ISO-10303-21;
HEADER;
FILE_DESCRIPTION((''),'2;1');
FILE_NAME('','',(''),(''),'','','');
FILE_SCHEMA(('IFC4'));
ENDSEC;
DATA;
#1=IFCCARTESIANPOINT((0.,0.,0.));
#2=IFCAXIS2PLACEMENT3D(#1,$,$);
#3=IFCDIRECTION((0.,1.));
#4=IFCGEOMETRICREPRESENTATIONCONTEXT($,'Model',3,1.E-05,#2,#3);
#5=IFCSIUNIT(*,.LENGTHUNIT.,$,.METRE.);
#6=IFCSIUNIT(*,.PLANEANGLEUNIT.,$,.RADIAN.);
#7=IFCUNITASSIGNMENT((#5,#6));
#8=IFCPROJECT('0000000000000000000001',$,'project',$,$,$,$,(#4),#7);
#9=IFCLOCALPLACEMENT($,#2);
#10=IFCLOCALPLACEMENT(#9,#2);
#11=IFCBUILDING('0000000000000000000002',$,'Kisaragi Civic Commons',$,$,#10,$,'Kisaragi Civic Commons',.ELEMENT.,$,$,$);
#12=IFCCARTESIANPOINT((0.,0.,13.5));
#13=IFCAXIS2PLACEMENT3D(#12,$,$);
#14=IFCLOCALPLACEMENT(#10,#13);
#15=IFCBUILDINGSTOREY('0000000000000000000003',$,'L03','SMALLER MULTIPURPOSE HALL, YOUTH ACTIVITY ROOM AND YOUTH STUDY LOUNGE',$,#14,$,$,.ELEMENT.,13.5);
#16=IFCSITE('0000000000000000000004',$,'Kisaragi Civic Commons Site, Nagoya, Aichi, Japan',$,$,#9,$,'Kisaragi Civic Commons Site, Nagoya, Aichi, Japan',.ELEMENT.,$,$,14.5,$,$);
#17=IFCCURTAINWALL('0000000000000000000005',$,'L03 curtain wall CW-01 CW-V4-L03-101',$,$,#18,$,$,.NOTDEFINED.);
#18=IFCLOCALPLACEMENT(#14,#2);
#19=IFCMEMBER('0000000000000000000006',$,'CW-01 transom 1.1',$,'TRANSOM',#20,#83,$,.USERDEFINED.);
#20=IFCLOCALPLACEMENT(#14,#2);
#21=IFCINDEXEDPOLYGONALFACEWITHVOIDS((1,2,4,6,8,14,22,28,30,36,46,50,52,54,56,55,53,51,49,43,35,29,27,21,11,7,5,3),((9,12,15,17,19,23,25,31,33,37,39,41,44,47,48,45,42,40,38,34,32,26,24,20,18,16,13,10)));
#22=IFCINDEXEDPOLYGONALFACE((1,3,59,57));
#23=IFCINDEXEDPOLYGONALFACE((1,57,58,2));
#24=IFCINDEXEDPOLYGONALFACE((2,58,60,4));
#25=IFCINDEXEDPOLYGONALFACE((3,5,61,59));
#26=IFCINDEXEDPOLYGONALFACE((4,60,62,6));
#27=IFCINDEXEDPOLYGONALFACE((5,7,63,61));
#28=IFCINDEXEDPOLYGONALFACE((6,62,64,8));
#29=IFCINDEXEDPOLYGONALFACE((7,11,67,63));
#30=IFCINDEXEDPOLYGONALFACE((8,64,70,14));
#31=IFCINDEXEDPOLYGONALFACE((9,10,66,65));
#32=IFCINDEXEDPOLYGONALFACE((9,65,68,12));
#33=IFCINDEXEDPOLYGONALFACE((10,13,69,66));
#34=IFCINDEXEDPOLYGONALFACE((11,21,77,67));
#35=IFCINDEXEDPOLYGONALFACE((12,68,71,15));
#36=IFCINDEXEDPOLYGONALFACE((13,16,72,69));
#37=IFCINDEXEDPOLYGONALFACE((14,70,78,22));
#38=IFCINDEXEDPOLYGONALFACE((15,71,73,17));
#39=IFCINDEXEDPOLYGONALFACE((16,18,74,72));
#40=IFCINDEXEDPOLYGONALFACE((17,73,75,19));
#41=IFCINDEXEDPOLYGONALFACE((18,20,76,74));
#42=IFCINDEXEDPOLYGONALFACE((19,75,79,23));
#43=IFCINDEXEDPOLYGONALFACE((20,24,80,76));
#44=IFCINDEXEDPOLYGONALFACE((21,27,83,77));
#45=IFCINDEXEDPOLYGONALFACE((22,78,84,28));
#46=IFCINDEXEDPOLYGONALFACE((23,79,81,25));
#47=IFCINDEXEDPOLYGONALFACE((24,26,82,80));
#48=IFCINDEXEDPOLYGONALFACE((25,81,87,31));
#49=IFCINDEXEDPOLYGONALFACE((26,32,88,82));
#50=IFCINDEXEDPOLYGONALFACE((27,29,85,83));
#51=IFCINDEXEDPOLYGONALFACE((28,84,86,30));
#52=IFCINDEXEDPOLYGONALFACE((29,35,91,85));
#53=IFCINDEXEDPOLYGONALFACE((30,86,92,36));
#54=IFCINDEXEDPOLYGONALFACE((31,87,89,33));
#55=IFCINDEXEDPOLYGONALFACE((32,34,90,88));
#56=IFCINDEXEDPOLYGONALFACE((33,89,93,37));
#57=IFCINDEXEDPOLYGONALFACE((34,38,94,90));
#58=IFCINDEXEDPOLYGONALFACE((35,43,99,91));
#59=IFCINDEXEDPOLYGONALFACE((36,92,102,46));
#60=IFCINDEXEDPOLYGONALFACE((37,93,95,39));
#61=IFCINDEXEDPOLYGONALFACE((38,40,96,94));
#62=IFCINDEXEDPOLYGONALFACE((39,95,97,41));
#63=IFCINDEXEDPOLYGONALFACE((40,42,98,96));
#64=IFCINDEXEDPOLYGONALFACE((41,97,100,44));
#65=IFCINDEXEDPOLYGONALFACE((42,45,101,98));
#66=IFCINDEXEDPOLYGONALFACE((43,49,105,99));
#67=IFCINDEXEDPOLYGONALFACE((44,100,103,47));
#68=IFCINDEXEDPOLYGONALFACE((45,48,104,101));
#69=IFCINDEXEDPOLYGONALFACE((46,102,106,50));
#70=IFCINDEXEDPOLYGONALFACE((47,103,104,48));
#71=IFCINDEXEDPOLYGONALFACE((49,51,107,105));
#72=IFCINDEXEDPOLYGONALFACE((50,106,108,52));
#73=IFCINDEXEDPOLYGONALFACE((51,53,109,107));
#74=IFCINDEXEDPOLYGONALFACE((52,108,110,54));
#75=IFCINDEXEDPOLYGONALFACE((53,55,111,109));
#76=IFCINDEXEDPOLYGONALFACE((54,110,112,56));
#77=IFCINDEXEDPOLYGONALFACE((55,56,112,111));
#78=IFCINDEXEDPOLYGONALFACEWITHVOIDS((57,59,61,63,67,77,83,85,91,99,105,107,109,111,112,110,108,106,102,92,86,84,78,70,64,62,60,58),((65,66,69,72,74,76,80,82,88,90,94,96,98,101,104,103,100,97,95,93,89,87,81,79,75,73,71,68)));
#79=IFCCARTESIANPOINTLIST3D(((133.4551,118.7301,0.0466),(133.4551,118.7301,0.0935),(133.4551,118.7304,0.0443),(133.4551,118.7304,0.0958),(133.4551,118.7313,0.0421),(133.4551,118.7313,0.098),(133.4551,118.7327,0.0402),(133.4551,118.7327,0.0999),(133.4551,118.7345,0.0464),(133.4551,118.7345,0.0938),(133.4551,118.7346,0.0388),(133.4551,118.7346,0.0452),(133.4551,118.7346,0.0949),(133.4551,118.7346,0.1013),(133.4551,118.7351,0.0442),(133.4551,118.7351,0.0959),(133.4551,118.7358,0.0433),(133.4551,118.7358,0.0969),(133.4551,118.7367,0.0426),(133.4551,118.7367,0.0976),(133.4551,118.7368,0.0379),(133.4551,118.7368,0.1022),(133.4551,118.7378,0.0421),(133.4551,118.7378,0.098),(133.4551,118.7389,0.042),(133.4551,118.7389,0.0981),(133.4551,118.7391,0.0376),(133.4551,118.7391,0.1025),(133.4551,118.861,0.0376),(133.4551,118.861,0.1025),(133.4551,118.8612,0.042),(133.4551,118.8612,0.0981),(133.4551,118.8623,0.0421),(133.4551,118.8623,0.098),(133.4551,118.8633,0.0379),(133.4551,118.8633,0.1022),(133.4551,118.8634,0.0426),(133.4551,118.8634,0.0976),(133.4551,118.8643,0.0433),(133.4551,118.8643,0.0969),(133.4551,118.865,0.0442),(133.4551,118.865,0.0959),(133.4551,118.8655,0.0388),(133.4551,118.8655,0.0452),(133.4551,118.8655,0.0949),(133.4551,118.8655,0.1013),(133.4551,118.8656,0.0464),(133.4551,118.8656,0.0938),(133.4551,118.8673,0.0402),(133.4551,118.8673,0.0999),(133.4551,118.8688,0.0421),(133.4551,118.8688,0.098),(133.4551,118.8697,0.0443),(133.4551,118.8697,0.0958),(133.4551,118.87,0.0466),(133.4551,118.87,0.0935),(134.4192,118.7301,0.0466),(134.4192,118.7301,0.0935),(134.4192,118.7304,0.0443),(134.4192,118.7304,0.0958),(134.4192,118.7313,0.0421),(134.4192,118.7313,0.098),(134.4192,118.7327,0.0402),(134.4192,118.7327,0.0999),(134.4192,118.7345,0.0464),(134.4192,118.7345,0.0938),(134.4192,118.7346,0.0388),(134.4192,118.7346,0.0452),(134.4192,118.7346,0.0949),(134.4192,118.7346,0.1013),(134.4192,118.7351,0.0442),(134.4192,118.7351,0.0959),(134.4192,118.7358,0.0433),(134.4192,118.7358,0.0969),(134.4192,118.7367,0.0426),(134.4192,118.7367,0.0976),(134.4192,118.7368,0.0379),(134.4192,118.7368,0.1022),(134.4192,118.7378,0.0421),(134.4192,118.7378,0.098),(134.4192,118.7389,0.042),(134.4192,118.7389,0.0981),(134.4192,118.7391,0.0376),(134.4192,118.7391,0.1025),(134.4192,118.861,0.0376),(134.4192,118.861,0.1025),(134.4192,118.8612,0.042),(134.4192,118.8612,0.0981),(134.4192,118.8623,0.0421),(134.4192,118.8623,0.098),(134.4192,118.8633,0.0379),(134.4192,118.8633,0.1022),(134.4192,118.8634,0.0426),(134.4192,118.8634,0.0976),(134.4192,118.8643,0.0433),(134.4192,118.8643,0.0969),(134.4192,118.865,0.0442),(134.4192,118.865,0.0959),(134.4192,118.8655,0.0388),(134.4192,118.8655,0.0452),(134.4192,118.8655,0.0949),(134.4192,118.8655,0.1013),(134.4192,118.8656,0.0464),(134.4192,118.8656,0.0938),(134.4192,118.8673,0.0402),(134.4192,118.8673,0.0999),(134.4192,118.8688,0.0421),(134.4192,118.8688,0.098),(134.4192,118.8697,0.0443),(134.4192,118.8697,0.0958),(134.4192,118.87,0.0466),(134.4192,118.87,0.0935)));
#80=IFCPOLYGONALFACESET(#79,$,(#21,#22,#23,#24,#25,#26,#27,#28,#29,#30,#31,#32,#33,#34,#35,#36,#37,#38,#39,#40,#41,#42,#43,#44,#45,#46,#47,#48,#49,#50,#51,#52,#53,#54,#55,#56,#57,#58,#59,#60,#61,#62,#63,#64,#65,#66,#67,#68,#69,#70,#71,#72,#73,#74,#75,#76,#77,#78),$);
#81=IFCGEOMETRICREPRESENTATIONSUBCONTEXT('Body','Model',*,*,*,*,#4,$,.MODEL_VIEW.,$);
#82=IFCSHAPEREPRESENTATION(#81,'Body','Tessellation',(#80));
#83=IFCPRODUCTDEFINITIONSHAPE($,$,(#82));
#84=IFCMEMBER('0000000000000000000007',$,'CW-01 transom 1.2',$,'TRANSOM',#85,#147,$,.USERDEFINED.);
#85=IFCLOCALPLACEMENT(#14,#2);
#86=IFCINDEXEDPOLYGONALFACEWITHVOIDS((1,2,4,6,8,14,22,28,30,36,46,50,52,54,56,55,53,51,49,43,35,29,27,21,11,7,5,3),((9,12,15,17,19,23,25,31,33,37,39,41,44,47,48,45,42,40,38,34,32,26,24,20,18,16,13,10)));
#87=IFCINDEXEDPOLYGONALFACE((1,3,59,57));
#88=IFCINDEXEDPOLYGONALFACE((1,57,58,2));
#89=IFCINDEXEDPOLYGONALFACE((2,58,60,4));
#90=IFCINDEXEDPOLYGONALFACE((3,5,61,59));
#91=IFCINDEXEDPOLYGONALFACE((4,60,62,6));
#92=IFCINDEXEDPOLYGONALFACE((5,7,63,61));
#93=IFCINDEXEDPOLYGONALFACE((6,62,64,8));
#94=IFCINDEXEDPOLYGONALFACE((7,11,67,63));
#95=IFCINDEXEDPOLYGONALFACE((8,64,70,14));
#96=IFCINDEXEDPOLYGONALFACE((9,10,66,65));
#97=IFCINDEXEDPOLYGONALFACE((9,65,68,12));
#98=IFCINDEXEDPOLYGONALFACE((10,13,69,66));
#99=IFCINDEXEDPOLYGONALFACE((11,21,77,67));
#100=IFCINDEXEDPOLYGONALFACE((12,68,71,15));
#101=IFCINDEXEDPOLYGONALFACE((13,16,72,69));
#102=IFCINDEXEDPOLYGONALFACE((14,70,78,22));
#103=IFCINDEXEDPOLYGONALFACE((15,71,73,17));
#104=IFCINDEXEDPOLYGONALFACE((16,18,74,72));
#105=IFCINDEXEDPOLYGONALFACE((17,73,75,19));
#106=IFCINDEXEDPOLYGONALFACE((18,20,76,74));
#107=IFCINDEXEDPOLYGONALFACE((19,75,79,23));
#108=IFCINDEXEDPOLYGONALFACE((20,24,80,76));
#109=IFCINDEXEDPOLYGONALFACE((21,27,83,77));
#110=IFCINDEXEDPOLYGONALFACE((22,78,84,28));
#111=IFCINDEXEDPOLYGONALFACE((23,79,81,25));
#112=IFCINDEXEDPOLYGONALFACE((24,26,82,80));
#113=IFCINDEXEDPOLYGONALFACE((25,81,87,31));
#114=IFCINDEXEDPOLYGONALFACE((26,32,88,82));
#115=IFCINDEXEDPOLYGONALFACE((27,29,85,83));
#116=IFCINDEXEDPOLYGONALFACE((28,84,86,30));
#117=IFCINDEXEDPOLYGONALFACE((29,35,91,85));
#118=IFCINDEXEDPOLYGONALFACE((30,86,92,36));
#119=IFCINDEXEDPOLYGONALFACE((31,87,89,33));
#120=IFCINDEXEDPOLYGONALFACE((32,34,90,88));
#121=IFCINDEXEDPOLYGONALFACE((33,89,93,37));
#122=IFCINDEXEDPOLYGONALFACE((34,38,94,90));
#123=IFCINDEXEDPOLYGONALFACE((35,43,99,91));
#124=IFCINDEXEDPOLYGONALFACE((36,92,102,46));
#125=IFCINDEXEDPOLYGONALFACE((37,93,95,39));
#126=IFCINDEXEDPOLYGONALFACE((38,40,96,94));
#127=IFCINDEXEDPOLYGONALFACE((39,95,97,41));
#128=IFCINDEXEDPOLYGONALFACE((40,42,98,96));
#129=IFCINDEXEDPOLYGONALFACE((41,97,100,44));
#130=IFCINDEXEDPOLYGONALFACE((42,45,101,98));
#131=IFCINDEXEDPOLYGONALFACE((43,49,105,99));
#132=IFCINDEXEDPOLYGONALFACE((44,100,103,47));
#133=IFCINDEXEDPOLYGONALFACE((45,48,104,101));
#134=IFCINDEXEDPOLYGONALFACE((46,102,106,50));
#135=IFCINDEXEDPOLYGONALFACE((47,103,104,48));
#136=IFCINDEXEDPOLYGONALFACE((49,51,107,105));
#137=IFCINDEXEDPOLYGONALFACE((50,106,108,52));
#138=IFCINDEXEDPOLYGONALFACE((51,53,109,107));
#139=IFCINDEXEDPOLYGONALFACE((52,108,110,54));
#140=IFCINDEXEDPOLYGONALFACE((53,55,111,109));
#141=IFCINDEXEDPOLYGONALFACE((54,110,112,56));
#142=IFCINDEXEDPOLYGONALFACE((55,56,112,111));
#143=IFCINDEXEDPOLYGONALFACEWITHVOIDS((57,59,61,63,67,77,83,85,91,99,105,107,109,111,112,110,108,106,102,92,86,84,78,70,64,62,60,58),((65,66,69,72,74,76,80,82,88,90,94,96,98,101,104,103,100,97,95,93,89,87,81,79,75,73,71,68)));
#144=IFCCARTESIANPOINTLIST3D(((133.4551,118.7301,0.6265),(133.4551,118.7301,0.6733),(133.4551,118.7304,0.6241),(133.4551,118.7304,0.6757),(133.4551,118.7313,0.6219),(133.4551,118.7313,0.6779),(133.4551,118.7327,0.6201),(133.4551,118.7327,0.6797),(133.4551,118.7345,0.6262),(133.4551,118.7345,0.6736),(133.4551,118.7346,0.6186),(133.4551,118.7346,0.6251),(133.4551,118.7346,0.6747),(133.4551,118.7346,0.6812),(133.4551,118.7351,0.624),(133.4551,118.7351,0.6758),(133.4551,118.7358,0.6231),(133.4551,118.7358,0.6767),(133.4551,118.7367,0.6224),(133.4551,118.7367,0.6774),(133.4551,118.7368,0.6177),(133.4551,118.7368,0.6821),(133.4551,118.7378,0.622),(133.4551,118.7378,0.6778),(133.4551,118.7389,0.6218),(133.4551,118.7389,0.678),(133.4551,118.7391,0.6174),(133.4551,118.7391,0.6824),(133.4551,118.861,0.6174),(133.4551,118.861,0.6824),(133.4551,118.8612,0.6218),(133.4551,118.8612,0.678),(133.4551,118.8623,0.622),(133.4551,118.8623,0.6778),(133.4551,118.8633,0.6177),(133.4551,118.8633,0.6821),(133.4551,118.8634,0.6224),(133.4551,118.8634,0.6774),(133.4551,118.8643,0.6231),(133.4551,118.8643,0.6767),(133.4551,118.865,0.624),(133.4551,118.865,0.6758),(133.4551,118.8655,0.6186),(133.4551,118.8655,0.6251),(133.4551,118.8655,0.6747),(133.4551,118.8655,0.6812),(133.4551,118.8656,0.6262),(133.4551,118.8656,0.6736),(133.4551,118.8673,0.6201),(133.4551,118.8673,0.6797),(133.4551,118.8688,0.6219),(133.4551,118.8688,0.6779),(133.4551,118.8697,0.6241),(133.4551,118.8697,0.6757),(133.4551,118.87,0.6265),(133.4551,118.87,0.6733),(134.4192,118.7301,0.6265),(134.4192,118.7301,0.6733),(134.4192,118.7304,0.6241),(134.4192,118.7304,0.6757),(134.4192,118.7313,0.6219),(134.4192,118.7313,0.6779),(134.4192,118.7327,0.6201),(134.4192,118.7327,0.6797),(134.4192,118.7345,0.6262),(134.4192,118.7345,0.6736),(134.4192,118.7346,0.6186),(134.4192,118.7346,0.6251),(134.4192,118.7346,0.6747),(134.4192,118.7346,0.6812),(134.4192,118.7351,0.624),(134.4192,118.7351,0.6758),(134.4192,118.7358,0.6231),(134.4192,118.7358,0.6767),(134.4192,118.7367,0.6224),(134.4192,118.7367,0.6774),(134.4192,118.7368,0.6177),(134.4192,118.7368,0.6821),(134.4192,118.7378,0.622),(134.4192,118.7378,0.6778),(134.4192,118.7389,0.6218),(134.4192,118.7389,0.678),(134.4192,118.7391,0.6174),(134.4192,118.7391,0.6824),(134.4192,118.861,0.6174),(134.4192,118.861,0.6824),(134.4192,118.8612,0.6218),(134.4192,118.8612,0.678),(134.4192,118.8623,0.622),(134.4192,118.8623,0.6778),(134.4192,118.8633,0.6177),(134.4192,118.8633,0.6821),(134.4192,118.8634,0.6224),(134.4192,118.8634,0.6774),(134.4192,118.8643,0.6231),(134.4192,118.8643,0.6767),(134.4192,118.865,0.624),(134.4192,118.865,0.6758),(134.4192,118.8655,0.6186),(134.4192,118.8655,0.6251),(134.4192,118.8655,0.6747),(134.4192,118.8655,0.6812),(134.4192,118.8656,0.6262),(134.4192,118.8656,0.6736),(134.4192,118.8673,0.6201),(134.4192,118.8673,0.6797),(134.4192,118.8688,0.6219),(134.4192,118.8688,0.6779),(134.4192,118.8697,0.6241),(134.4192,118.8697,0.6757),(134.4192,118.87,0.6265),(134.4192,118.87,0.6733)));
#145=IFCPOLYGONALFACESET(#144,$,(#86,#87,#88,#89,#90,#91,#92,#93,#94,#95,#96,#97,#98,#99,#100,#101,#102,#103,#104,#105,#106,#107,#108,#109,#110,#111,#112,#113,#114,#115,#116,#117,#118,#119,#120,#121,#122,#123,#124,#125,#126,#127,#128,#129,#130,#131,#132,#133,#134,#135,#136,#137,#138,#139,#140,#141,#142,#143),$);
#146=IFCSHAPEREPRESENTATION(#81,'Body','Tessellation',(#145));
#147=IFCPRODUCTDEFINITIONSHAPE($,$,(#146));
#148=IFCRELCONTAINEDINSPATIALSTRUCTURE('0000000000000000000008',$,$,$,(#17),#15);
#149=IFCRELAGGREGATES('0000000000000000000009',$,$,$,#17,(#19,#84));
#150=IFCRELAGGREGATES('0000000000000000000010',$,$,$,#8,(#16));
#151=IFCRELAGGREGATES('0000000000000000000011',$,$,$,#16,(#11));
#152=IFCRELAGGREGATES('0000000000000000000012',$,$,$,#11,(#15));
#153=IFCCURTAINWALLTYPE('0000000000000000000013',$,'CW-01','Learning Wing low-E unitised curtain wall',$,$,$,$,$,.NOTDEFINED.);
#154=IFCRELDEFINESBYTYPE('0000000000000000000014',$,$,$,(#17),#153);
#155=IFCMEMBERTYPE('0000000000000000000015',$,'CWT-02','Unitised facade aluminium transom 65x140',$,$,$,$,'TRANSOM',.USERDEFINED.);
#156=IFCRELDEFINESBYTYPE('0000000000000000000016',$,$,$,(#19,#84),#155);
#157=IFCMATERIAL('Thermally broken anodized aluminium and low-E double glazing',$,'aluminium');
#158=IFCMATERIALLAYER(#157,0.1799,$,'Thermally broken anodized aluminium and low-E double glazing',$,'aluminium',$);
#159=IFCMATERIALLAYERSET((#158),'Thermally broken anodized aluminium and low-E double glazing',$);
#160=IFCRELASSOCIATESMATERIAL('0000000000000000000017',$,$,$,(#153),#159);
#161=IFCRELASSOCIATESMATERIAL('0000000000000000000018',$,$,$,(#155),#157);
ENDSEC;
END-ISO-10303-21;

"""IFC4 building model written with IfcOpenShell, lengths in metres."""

from ifc_helpers import new_model, si_unit, direction, frame, origin, origin_2d, place, context, subcontext, project, spatial, hollow_rectangle, extrude, material, layer, layer_set, material_profile, profile_set, type_object, element, aggregate, save


model = new_model("IFC4")

# Units and contexts
model_context = context("Model", 3, precision=1e-05, world=origin(), true_north=direction((0.0, 1.0)))
body_context = subcontext(model_context, "Body", "Model", "MODEL_VIEW")
ifc_project = project(units=[si_unit("LENGTHUNIT", "METRE"), si_unit("PLANEANGLEUNIT", "RADIAN")], contexts=[model_context])

# Site, building, storey
site_placement = place(None, origin())
site = spatial("IfcSite", under=ifc_project, at=site_placement, Name="Kisaragi Civic Commons Site, Nagoya, Aichi, Japan", LongName="Kisaragi Civic Commons Site, Nagoya, Aichi, Japan", CompositionType="ELEMENT", RefElevation=14.5)
building_placement = place(site_placement, origin())
building = spatial("IfcBuilding", under=site, at=building_placement, Name="Kisaragi Civic Commons", LongName="Kisaragi Civic Commons", CompositionType="ELEMENT")
storey_placement = place(building_placement, frame((0.0, 0.0, 13.5)))
storey = spatial("IfcBuildingStorey", under=building, at=storey_placement, Name="L03", Description="SMALLER MULTIPURPOSE HALL, YOUTH ACTIVITY ROOM AND YOUTH STUDY LOUNGE", CompositionType="ELEMENT", Elevation=13.5)

# Curtain wall, members
ifc_material = material(Name="Thermally broken anodized aluminium and low-E double glazing", Category="aluminium")
ifc_layer_1 = layer(ifc_material, 0.1799, Name="Thermally broken anodized aluminium and low-E double glazing", Category="aluminium")
ifc_layer_set_1 = layer_set([ifc_layer_1], Name="Thermally broken anodized aluminium and low-E double glazing")
curtain_wall_type = type_object("IfcCurtainWallType", Name="CW-01", Description="Learning Wing low-E unitised curtain wall", PredefinedType="NOTDEFINED", material=ifc_layer_set_1)
curtain_wall_placement = place(storey_placement, origin())
curtain_wall = element("IfcCurtainWall", 1, at=curtain_wall_placement, inside=storey, type_object=curtain_wall_type, Name="L03 curtain wall CW-01 CW-V4-L03-101", PredefinedType="NOTDEFINED")
ifc_material_profile_1 = material_profile(ifc_material, hollow_rectangle(XDim=0.1399, YDim=0.0649, WallThickness=0.0044, InnerFilletRadius=0.0044, OuterFilletRadius=0.009, at=origin_2d()), Name="CWT-65x140x4.5", Category="aluminium")
ifc_profile_set_1 = profile_set([ifc_material_profile_1], Name="Thermally broken anodized aluminium and low-E double glazing")
member_type_1 = type_object("IfcMemberType", Name="CWT-02", Description="Unitised facade aluminium transom 65x140", ElementType="TRANSOM", PredefinedType="USERDEFINED", material=ifc_profile_set_1)
member_1_placement = place(storey_placement, frame((133.4551, 118.8, 0.0701), z_axis=(1.0, 0.0, 0.0), x_axis=(0.0, 1.0, 0.0)))
member_1 = element("IfcMember", 2, at=member_1_placement, type_object=member_type_1, Name="CW-01 transom 1.1", ObjectType="TRANSOM", PredefinedType="USERDEFINED", context=body_context, shape_type="SweptSolid", body=[
    extrude(hollow_rectangle(XDim=0.1399, YDim=0.0649, WallThickness=0.0044, InnerFilletRadius=0.0044, OuterFilletRadius=0.009, at=origin_2d()), origin(), (0.0, 0.0, 1.0), 0.9641),
])
member_2_placement = place(storey_placement, frame((133.4551, 118.8, 0.6499), z_axis=(1.0, 0.0, 0.0), x_axis=(0.0, 1.0, 0.0)))
member_2 = element("IfcMember", 3, at=member_2_placement, type_object=member_type_1, Name="CW-01 transom 1.2", ObjectType="TRANSOM", PredefinedType="USERDEFINED", context=body_context, shape_type="SweptSolid", body=[
    extrude(hollow_rectangle(XDim=0.1399, YDim=0.0649, WallThickness=0.0044, InnerFilletRadius=0.0044, OuterFilletRadius=0.009, at=origin_2d()), origin(), (0.0, 0.0, 1.0), 0.9641),
])
aggregate(curtain_wall, [member_1, member_2])

save(model, "model.ifc")
